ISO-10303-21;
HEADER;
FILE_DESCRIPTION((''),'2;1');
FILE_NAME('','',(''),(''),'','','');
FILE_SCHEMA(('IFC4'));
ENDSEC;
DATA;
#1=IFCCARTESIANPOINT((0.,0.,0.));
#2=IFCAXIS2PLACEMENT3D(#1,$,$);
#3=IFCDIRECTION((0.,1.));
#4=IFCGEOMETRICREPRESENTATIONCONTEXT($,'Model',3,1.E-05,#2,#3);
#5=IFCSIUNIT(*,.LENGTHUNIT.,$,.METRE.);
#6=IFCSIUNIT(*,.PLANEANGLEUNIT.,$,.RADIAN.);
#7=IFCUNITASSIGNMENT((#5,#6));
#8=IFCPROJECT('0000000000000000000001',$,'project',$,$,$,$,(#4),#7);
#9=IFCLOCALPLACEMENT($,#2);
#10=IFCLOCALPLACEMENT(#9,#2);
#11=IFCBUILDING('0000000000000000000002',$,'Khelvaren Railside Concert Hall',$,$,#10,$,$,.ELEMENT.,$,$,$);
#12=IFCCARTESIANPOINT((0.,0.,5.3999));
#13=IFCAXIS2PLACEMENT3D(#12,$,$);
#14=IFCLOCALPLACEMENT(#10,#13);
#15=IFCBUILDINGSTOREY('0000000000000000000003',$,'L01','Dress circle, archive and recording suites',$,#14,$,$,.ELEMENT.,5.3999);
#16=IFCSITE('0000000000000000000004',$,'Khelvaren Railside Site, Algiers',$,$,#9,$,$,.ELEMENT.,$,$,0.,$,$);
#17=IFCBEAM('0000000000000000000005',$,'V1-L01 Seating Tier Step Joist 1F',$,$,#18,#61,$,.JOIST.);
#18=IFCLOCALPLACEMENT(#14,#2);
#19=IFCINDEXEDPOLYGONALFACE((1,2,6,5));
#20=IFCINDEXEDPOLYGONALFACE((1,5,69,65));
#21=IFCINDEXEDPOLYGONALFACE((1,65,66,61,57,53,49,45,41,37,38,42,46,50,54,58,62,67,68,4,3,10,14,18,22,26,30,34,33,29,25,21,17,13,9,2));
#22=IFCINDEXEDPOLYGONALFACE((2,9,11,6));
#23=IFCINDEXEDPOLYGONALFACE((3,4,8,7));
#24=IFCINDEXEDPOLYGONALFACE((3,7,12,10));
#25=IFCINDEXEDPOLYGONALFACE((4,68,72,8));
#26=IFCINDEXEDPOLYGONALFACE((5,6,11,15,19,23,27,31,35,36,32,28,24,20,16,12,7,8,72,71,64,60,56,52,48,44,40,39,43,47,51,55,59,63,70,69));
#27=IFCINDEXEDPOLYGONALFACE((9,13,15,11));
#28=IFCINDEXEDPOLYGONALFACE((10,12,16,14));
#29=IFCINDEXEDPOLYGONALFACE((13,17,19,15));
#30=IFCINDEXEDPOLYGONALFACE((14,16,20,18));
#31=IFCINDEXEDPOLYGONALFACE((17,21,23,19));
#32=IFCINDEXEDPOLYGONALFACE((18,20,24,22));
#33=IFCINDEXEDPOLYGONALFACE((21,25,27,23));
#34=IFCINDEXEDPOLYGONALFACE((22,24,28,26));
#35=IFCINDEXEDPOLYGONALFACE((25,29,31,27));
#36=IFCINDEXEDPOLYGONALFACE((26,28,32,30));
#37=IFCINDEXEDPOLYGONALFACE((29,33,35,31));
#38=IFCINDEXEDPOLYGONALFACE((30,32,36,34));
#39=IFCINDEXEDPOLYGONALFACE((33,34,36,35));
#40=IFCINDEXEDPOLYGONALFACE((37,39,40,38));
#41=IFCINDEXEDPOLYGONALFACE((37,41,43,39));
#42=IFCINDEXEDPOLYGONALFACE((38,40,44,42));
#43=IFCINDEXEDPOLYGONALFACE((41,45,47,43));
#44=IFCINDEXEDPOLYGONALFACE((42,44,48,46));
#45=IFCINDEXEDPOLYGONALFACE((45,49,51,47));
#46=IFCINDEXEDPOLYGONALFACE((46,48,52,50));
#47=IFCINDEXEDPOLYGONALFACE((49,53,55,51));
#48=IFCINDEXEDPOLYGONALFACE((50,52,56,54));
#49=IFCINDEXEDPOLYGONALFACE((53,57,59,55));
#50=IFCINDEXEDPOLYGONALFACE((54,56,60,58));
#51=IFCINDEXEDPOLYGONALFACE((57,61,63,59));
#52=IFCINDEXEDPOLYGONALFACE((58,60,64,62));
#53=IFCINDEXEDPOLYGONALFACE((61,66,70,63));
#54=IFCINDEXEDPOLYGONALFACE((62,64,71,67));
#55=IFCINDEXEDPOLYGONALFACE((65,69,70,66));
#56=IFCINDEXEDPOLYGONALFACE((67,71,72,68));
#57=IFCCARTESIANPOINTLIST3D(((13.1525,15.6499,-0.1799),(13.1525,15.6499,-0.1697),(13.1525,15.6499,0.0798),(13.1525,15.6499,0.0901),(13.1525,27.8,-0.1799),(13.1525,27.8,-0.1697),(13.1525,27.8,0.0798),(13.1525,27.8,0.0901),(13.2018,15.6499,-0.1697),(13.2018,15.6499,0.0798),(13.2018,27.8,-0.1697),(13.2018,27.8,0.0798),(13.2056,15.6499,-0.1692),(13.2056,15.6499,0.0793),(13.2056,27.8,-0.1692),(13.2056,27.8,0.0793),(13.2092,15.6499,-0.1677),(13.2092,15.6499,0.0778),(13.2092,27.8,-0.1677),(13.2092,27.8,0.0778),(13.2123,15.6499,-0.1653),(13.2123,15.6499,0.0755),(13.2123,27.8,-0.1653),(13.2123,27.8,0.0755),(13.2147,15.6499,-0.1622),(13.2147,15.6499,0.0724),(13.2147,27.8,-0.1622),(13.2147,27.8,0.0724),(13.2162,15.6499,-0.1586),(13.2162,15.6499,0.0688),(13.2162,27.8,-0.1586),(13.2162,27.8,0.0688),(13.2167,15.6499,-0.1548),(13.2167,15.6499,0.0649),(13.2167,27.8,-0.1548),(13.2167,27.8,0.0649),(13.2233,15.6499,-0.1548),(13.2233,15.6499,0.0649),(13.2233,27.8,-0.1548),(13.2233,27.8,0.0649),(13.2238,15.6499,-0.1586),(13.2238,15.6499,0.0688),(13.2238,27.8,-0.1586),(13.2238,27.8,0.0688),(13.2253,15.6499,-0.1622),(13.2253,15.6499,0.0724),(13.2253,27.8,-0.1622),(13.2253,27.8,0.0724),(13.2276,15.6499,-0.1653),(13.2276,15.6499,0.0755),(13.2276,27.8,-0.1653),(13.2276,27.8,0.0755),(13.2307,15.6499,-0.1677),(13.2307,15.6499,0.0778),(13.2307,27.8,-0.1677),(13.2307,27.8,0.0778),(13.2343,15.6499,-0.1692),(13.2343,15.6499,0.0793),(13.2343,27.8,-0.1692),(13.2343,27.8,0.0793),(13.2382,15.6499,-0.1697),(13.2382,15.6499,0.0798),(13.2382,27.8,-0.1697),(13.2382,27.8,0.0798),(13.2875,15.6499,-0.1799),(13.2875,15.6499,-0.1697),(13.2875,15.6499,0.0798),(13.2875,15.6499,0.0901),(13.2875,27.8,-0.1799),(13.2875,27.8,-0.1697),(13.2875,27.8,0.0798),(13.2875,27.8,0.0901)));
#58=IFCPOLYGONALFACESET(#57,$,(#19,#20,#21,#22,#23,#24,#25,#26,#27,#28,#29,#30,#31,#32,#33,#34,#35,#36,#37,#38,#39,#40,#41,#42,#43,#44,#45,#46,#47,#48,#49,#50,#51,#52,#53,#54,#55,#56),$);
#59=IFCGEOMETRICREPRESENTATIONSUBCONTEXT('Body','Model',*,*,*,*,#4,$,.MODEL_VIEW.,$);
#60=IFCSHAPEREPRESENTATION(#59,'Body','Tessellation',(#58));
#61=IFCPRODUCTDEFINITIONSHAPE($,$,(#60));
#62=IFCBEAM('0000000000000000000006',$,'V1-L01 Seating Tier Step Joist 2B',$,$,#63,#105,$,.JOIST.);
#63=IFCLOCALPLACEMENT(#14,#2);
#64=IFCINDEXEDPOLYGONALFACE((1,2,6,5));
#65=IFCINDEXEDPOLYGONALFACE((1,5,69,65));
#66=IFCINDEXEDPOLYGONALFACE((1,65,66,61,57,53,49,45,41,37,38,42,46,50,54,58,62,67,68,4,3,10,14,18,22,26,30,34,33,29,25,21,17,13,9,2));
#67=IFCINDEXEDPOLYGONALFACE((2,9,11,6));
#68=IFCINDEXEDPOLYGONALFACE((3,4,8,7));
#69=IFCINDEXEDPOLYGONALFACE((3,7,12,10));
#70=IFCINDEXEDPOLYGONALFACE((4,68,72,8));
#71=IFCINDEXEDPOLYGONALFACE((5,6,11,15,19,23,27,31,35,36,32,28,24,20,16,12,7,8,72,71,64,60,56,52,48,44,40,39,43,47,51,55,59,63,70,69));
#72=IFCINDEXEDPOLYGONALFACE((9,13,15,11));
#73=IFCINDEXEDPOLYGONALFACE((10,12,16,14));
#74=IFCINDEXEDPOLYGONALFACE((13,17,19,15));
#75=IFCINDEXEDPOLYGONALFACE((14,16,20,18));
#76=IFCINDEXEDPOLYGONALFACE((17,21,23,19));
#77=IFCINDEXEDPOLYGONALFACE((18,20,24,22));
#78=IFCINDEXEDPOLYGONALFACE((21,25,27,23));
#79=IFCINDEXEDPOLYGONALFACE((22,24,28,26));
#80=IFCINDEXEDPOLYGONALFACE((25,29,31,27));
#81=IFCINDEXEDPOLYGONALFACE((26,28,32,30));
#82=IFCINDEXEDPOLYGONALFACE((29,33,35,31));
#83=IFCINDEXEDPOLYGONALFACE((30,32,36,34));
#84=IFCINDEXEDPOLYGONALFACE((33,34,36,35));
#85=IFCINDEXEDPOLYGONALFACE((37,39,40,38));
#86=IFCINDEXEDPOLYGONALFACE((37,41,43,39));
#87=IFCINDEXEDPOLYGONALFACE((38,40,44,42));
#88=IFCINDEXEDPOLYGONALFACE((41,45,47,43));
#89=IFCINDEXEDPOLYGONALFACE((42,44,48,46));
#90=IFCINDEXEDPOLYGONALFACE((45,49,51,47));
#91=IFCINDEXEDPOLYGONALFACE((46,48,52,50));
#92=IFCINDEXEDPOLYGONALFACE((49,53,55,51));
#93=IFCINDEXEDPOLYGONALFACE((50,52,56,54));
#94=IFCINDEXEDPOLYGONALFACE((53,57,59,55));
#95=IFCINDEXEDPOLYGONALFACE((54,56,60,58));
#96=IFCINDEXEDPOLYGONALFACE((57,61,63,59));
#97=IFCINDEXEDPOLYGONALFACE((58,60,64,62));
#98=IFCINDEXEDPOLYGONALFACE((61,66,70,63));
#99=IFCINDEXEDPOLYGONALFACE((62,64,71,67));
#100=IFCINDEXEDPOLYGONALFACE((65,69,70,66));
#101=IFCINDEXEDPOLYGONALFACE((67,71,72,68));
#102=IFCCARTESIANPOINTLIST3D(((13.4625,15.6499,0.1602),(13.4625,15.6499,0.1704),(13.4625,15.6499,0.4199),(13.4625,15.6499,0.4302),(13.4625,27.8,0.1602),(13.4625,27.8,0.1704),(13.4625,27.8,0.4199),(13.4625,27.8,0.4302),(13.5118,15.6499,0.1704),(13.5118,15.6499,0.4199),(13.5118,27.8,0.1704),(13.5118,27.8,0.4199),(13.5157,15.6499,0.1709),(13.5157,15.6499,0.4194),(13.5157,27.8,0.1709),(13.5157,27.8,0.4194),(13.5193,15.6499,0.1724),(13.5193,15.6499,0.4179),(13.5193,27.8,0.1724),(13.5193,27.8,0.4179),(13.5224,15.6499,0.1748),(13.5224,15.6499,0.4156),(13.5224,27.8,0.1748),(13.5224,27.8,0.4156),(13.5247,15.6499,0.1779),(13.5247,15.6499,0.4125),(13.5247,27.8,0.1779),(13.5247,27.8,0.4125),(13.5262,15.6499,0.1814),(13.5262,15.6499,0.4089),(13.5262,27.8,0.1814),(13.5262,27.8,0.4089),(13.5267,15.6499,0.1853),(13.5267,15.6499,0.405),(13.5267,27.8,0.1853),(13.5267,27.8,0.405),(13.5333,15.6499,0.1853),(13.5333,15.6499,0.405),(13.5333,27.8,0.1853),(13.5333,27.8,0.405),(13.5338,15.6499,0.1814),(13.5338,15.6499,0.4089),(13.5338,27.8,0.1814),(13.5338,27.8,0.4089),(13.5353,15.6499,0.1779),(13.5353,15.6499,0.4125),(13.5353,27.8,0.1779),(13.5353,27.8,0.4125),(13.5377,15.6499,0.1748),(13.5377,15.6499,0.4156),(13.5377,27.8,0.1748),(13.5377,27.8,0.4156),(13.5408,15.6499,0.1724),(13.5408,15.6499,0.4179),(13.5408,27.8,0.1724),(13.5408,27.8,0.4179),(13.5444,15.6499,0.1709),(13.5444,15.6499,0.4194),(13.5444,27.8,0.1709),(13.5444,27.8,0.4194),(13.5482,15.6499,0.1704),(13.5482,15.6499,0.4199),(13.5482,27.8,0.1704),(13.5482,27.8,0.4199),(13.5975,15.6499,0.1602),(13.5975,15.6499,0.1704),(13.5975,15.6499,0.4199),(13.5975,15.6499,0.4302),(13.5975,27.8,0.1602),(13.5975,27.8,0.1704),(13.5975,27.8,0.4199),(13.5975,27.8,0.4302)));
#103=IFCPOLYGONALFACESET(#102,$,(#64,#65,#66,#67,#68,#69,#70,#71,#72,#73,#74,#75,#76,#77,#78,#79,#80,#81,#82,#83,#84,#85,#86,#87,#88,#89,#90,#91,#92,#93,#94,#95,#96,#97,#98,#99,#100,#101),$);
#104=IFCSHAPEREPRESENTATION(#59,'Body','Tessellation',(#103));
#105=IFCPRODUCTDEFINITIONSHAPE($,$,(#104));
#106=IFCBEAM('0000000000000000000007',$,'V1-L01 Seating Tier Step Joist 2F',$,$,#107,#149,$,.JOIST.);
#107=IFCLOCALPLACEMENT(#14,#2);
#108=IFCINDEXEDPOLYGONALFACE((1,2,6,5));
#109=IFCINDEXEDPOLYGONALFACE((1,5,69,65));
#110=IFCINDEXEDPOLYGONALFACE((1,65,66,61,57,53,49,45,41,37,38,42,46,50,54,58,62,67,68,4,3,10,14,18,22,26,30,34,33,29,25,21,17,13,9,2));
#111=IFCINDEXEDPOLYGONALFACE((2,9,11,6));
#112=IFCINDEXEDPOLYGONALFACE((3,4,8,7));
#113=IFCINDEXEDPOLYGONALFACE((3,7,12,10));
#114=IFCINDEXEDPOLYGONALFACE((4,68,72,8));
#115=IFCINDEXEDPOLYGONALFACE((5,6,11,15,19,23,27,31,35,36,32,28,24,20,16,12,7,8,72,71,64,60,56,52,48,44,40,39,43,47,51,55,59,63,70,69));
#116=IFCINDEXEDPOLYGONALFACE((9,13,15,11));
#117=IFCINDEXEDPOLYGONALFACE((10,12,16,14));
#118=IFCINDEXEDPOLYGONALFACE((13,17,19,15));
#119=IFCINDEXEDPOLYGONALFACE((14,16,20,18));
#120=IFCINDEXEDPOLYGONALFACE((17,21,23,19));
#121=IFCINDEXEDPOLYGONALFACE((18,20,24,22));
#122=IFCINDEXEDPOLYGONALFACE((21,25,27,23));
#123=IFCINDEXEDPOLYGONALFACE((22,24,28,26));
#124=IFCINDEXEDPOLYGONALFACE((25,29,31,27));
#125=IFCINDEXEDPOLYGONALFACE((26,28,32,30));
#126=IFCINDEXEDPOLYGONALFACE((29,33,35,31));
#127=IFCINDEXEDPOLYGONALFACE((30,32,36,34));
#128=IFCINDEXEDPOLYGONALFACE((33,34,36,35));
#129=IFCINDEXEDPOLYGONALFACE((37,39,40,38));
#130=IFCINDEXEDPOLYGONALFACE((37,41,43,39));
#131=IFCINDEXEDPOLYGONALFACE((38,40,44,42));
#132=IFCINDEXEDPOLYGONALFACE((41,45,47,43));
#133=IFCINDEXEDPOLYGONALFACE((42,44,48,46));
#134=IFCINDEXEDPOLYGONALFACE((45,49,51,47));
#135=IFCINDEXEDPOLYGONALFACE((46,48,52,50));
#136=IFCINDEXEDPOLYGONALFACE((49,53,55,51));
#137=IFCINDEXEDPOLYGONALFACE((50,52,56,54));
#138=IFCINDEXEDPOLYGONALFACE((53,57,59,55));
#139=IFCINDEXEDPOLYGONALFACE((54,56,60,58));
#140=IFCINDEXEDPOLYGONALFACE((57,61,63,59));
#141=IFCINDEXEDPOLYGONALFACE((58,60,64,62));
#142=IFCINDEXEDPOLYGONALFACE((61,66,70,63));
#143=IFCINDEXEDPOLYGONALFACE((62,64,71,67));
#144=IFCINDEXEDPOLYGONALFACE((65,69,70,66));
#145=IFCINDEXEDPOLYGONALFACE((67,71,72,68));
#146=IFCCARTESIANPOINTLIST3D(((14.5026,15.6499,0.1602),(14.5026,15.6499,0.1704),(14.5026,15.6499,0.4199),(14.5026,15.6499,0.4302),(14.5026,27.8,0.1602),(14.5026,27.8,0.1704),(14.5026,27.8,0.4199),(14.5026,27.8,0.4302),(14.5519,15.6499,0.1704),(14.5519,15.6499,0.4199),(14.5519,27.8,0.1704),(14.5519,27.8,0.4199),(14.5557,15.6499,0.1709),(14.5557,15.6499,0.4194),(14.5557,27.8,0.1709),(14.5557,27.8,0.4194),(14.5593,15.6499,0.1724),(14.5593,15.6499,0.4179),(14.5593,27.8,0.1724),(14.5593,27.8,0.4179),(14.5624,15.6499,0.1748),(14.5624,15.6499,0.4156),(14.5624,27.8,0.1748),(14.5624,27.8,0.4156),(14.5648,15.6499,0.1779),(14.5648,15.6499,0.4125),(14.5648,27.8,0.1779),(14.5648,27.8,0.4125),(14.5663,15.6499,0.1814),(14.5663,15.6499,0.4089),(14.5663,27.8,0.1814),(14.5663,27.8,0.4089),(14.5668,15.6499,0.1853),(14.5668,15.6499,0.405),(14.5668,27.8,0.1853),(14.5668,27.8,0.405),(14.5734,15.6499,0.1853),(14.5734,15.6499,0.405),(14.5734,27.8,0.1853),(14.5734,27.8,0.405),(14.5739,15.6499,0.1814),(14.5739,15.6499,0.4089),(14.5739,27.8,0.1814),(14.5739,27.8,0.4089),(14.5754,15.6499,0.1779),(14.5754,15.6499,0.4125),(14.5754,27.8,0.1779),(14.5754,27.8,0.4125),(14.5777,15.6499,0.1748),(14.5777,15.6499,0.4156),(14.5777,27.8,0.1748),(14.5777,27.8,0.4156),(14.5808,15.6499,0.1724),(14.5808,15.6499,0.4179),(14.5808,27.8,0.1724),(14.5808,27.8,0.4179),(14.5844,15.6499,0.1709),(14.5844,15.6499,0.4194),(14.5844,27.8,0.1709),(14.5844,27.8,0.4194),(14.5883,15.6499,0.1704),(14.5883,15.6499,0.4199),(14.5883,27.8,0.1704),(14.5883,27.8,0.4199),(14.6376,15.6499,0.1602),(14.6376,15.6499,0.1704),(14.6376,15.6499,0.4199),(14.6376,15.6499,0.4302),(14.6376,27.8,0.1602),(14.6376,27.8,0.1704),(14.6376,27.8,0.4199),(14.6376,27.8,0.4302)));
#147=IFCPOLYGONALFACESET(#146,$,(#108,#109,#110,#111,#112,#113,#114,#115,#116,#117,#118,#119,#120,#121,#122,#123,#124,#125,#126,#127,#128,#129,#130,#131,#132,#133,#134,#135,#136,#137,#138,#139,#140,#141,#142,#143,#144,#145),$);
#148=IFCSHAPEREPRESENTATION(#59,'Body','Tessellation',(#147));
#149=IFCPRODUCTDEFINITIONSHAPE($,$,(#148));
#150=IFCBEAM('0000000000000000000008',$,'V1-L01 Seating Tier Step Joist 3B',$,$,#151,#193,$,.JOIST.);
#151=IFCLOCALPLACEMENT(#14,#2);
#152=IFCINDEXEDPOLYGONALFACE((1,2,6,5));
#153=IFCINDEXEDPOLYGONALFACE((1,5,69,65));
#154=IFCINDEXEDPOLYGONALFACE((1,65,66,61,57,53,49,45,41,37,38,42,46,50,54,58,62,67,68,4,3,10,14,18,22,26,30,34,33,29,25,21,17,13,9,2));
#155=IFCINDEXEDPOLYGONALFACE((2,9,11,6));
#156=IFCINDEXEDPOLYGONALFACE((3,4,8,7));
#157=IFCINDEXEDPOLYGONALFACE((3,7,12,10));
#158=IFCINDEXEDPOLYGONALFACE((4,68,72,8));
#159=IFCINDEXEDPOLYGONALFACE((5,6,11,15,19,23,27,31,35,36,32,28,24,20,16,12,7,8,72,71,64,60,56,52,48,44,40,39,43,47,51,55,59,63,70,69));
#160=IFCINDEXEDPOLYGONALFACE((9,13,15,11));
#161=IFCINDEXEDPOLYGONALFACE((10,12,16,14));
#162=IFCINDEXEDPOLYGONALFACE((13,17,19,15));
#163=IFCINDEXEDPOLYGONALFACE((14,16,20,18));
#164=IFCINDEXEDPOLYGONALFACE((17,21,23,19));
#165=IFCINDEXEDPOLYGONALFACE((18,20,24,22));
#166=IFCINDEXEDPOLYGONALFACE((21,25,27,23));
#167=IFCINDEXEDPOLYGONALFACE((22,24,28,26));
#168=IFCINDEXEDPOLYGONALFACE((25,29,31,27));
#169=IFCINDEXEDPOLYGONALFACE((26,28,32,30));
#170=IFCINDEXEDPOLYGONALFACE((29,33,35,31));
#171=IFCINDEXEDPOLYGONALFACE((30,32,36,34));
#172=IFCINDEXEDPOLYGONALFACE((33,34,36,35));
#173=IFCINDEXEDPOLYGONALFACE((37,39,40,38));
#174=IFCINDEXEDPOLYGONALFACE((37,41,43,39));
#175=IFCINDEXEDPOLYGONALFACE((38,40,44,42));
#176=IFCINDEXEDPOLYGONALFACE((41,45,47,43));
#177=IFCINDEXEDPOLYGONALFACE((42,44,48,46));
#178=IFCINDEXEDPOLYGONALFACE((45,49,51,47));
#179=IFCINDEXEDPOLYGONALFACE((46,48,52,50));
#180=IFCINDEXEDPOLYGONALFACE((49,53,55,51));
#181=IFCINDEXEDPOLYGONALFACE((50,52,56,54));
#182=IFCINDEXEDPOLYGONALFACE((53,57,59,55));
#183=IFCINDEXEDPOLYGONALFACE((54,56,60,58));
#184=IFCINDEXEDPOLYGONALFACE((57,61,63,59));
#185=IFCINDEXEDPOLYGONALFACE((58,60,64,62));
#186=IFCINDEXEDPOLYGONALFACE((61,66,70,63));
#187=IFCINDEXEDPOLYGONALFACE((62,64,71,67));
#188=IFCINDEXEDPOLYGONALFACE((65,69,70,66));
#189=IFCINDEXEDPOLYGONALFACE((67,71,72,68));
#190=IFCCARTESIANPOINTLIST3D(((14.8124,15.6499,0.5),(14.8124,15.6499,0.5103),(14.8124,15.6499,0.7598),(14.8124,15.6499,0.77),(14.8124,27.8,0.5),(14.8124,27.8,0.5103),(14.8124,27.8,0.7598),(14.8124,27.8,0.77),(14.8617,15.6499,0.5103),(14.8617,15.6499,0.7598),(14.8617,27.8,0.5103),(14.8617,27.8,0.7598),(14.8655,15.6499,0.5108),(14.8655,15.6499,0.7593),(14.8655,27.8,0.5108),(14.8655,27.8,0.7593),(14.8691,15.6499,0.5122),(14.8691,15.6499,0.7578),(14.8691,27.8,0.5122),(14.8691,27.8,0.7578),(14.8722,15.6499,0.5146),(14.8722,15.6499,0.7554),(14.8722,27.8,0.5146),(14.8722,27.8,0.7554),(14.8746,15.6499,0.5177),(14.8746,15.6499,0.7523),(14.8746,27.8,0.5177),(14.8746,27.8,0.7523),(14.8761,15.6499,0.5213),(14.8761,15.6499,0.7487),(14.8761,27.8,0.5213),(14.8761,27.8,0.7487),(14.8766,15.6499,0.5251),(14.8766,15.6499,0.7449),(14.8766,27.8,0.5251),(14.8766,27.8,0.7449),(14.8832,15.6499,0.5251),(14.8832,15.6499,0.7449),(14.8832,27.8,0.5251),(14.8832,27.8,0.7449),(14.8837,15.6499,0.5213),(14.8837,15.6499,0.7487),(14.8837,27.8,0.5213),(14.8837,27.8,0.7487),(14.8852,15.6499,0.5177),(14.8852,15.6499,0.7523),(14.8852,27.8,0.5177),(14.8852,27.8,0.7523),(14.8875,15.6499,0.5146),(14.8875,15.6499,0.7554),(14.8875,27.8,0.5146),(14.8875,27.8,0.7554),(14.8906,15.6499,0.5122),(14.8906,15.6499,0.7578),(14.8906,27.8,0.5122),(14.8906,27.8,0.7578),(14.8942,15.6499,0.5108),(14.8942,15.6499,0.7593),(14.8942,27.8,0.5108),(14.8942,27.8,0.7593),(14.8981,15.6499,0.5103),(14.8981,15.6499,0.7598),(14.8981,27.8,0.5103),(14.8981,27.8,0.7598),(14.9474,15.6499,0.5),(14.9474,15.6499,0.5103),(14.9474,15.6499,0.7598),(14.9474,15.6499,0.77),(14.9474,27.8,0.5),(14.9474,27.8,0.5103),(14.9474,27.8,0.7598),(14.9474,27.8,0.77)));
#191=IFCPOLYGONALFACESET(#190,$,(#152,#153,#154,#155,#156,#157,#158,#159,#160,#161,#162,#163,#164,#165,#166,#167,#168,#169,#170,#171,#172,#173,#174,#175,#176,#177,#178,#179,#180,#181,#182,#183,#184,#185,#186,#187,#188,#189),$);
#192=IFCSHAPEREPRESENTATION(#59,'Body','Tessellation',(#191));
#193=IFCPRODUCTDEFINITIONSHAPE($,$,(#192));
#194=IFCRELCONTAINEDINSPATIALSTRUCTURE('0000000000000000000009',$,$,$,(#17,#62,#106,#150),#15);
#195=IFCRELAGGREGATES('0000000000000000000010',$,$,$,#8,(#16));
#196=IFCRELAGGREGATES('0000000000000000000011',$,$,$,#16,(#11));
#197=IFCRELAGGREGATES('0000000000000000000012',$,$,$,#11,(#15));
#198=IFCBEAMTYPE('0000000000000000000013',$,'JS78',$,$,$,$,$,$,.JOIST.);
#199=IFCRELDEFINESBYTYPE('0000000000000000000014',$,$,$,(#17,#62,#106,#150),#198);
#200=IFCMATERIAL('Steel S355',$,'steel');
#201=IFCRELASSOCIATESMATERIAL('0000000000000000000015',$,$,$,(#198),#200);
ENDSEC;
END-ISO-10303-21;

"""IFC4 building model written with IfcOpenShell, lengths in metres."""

from ifc_helpers import new_model, si_unit, direction, frame, origin, origin_2d, place, context, subcontext, project, spatial, i_section, extrude, material, material_profile, profile_set, type_object, element, save


model = new_model("IFC4")

# Units and contexts
model_context = context("Model", 3, precision=1e-05, world=origin(), true_north=direction((0.0, 1.0)))
body_context = subcontext(model_context, "Body", "Model", "MODEL_VIEW")
ifc_project = project(units=[si_unit("LENGTHUNIT", "METRE"), si_unit("PLANEANGLEUNIT", "RADIAN")], contexts=[model_context])

# Site, building, storey
site_placement = place(None, origin())
site = spatial("IfcSite", under=ifc_project, at=site_placement, Name="Khelvaren Railside Site, Algiers", CompositionType="ELEMENT", RefElevation=0.0)
building_placement = place(site_placement, origin())
building = spatial("IfcBuilding", under=site, at=building_placement, Name="Khelvaren Railside Concert Hall", CompositionType="ELEMENT")
storey_placement = place(building_placement, frame((0.0, 0.0, 5.3999)))
storey = spatial("IfcBuildingStorey", under=building, at=storey_placement, Name="L01", Description="Dress circle, archive and recording suites", CompositionType="ELEMENT", Elevation=5.3999)

# Beams
ifc_material_1 = material(Name="Steel S355", Category="steel")
ifc_material_profile_1 = material_profile(ifc_material_1, i_section(OverallWidth=0.135, OverallDepth=0.27, WebThickness=0.0066, FlangeThickness=0.0103, FilletRadius=0.0149, at=origin_2d()), Name="IPE 270")
ifc_profile_set_1 = profile_set([ifc_material_profile_1], Name="Steel S355")
beam_type_1 = type_object("IfcBeamType", Name="JS78", PredefinedType="JOIST", material=ifc_profile_set_1)
for number, where, z_axis, x_axis, name in (
    (1, (13.22, 15.6499, -0.0449), (0.0, 1.0, 0.0), (-1.0, 0.0, 0.0), "V1-L01 Seating Tier Step Joist 1F"),
    (2, (13.53, 15.6499, 0.2952), (0.0, 1.0, 0.0), (-1.0, 0.0, 0.0), "V1-L01 Seating Tier Step Joist 2B"),
    (3, (14.5701, 15.6499, 0.2952), (0.0, 1.0, 0.0), (-1.0, 0.0, 0.0), "V1-L01 Seating Tier Step Joist 2F"),
    (4, (14.8799, 15.6499, 0.635), (0.0, 1.0, 0.0), (-1.0, 0.0, 0.0), "V1-L01 Seating Tier Step Joist 3B"),
):
    element("IfcBeam", number, at=place(storey_placement, frame(where, z_axis=z_axis, x_axis=x_axis)), inside=storey, type_object=beam_type_1, Name=name, PredefinedType="JOIST", context=body_context, shape_type="SweptSolid", body=[
        extrude(i_section(OverallWidth=0.135, OverallDepth=0.27, WebThickness=0.0066, FlangeThickness=0.0103, FilletRadius=0.0149, at=origin_2d()), origin(), (0.0, 0.0, 1.0), 12.1501),
    ])

save(model, "model.ifc")
